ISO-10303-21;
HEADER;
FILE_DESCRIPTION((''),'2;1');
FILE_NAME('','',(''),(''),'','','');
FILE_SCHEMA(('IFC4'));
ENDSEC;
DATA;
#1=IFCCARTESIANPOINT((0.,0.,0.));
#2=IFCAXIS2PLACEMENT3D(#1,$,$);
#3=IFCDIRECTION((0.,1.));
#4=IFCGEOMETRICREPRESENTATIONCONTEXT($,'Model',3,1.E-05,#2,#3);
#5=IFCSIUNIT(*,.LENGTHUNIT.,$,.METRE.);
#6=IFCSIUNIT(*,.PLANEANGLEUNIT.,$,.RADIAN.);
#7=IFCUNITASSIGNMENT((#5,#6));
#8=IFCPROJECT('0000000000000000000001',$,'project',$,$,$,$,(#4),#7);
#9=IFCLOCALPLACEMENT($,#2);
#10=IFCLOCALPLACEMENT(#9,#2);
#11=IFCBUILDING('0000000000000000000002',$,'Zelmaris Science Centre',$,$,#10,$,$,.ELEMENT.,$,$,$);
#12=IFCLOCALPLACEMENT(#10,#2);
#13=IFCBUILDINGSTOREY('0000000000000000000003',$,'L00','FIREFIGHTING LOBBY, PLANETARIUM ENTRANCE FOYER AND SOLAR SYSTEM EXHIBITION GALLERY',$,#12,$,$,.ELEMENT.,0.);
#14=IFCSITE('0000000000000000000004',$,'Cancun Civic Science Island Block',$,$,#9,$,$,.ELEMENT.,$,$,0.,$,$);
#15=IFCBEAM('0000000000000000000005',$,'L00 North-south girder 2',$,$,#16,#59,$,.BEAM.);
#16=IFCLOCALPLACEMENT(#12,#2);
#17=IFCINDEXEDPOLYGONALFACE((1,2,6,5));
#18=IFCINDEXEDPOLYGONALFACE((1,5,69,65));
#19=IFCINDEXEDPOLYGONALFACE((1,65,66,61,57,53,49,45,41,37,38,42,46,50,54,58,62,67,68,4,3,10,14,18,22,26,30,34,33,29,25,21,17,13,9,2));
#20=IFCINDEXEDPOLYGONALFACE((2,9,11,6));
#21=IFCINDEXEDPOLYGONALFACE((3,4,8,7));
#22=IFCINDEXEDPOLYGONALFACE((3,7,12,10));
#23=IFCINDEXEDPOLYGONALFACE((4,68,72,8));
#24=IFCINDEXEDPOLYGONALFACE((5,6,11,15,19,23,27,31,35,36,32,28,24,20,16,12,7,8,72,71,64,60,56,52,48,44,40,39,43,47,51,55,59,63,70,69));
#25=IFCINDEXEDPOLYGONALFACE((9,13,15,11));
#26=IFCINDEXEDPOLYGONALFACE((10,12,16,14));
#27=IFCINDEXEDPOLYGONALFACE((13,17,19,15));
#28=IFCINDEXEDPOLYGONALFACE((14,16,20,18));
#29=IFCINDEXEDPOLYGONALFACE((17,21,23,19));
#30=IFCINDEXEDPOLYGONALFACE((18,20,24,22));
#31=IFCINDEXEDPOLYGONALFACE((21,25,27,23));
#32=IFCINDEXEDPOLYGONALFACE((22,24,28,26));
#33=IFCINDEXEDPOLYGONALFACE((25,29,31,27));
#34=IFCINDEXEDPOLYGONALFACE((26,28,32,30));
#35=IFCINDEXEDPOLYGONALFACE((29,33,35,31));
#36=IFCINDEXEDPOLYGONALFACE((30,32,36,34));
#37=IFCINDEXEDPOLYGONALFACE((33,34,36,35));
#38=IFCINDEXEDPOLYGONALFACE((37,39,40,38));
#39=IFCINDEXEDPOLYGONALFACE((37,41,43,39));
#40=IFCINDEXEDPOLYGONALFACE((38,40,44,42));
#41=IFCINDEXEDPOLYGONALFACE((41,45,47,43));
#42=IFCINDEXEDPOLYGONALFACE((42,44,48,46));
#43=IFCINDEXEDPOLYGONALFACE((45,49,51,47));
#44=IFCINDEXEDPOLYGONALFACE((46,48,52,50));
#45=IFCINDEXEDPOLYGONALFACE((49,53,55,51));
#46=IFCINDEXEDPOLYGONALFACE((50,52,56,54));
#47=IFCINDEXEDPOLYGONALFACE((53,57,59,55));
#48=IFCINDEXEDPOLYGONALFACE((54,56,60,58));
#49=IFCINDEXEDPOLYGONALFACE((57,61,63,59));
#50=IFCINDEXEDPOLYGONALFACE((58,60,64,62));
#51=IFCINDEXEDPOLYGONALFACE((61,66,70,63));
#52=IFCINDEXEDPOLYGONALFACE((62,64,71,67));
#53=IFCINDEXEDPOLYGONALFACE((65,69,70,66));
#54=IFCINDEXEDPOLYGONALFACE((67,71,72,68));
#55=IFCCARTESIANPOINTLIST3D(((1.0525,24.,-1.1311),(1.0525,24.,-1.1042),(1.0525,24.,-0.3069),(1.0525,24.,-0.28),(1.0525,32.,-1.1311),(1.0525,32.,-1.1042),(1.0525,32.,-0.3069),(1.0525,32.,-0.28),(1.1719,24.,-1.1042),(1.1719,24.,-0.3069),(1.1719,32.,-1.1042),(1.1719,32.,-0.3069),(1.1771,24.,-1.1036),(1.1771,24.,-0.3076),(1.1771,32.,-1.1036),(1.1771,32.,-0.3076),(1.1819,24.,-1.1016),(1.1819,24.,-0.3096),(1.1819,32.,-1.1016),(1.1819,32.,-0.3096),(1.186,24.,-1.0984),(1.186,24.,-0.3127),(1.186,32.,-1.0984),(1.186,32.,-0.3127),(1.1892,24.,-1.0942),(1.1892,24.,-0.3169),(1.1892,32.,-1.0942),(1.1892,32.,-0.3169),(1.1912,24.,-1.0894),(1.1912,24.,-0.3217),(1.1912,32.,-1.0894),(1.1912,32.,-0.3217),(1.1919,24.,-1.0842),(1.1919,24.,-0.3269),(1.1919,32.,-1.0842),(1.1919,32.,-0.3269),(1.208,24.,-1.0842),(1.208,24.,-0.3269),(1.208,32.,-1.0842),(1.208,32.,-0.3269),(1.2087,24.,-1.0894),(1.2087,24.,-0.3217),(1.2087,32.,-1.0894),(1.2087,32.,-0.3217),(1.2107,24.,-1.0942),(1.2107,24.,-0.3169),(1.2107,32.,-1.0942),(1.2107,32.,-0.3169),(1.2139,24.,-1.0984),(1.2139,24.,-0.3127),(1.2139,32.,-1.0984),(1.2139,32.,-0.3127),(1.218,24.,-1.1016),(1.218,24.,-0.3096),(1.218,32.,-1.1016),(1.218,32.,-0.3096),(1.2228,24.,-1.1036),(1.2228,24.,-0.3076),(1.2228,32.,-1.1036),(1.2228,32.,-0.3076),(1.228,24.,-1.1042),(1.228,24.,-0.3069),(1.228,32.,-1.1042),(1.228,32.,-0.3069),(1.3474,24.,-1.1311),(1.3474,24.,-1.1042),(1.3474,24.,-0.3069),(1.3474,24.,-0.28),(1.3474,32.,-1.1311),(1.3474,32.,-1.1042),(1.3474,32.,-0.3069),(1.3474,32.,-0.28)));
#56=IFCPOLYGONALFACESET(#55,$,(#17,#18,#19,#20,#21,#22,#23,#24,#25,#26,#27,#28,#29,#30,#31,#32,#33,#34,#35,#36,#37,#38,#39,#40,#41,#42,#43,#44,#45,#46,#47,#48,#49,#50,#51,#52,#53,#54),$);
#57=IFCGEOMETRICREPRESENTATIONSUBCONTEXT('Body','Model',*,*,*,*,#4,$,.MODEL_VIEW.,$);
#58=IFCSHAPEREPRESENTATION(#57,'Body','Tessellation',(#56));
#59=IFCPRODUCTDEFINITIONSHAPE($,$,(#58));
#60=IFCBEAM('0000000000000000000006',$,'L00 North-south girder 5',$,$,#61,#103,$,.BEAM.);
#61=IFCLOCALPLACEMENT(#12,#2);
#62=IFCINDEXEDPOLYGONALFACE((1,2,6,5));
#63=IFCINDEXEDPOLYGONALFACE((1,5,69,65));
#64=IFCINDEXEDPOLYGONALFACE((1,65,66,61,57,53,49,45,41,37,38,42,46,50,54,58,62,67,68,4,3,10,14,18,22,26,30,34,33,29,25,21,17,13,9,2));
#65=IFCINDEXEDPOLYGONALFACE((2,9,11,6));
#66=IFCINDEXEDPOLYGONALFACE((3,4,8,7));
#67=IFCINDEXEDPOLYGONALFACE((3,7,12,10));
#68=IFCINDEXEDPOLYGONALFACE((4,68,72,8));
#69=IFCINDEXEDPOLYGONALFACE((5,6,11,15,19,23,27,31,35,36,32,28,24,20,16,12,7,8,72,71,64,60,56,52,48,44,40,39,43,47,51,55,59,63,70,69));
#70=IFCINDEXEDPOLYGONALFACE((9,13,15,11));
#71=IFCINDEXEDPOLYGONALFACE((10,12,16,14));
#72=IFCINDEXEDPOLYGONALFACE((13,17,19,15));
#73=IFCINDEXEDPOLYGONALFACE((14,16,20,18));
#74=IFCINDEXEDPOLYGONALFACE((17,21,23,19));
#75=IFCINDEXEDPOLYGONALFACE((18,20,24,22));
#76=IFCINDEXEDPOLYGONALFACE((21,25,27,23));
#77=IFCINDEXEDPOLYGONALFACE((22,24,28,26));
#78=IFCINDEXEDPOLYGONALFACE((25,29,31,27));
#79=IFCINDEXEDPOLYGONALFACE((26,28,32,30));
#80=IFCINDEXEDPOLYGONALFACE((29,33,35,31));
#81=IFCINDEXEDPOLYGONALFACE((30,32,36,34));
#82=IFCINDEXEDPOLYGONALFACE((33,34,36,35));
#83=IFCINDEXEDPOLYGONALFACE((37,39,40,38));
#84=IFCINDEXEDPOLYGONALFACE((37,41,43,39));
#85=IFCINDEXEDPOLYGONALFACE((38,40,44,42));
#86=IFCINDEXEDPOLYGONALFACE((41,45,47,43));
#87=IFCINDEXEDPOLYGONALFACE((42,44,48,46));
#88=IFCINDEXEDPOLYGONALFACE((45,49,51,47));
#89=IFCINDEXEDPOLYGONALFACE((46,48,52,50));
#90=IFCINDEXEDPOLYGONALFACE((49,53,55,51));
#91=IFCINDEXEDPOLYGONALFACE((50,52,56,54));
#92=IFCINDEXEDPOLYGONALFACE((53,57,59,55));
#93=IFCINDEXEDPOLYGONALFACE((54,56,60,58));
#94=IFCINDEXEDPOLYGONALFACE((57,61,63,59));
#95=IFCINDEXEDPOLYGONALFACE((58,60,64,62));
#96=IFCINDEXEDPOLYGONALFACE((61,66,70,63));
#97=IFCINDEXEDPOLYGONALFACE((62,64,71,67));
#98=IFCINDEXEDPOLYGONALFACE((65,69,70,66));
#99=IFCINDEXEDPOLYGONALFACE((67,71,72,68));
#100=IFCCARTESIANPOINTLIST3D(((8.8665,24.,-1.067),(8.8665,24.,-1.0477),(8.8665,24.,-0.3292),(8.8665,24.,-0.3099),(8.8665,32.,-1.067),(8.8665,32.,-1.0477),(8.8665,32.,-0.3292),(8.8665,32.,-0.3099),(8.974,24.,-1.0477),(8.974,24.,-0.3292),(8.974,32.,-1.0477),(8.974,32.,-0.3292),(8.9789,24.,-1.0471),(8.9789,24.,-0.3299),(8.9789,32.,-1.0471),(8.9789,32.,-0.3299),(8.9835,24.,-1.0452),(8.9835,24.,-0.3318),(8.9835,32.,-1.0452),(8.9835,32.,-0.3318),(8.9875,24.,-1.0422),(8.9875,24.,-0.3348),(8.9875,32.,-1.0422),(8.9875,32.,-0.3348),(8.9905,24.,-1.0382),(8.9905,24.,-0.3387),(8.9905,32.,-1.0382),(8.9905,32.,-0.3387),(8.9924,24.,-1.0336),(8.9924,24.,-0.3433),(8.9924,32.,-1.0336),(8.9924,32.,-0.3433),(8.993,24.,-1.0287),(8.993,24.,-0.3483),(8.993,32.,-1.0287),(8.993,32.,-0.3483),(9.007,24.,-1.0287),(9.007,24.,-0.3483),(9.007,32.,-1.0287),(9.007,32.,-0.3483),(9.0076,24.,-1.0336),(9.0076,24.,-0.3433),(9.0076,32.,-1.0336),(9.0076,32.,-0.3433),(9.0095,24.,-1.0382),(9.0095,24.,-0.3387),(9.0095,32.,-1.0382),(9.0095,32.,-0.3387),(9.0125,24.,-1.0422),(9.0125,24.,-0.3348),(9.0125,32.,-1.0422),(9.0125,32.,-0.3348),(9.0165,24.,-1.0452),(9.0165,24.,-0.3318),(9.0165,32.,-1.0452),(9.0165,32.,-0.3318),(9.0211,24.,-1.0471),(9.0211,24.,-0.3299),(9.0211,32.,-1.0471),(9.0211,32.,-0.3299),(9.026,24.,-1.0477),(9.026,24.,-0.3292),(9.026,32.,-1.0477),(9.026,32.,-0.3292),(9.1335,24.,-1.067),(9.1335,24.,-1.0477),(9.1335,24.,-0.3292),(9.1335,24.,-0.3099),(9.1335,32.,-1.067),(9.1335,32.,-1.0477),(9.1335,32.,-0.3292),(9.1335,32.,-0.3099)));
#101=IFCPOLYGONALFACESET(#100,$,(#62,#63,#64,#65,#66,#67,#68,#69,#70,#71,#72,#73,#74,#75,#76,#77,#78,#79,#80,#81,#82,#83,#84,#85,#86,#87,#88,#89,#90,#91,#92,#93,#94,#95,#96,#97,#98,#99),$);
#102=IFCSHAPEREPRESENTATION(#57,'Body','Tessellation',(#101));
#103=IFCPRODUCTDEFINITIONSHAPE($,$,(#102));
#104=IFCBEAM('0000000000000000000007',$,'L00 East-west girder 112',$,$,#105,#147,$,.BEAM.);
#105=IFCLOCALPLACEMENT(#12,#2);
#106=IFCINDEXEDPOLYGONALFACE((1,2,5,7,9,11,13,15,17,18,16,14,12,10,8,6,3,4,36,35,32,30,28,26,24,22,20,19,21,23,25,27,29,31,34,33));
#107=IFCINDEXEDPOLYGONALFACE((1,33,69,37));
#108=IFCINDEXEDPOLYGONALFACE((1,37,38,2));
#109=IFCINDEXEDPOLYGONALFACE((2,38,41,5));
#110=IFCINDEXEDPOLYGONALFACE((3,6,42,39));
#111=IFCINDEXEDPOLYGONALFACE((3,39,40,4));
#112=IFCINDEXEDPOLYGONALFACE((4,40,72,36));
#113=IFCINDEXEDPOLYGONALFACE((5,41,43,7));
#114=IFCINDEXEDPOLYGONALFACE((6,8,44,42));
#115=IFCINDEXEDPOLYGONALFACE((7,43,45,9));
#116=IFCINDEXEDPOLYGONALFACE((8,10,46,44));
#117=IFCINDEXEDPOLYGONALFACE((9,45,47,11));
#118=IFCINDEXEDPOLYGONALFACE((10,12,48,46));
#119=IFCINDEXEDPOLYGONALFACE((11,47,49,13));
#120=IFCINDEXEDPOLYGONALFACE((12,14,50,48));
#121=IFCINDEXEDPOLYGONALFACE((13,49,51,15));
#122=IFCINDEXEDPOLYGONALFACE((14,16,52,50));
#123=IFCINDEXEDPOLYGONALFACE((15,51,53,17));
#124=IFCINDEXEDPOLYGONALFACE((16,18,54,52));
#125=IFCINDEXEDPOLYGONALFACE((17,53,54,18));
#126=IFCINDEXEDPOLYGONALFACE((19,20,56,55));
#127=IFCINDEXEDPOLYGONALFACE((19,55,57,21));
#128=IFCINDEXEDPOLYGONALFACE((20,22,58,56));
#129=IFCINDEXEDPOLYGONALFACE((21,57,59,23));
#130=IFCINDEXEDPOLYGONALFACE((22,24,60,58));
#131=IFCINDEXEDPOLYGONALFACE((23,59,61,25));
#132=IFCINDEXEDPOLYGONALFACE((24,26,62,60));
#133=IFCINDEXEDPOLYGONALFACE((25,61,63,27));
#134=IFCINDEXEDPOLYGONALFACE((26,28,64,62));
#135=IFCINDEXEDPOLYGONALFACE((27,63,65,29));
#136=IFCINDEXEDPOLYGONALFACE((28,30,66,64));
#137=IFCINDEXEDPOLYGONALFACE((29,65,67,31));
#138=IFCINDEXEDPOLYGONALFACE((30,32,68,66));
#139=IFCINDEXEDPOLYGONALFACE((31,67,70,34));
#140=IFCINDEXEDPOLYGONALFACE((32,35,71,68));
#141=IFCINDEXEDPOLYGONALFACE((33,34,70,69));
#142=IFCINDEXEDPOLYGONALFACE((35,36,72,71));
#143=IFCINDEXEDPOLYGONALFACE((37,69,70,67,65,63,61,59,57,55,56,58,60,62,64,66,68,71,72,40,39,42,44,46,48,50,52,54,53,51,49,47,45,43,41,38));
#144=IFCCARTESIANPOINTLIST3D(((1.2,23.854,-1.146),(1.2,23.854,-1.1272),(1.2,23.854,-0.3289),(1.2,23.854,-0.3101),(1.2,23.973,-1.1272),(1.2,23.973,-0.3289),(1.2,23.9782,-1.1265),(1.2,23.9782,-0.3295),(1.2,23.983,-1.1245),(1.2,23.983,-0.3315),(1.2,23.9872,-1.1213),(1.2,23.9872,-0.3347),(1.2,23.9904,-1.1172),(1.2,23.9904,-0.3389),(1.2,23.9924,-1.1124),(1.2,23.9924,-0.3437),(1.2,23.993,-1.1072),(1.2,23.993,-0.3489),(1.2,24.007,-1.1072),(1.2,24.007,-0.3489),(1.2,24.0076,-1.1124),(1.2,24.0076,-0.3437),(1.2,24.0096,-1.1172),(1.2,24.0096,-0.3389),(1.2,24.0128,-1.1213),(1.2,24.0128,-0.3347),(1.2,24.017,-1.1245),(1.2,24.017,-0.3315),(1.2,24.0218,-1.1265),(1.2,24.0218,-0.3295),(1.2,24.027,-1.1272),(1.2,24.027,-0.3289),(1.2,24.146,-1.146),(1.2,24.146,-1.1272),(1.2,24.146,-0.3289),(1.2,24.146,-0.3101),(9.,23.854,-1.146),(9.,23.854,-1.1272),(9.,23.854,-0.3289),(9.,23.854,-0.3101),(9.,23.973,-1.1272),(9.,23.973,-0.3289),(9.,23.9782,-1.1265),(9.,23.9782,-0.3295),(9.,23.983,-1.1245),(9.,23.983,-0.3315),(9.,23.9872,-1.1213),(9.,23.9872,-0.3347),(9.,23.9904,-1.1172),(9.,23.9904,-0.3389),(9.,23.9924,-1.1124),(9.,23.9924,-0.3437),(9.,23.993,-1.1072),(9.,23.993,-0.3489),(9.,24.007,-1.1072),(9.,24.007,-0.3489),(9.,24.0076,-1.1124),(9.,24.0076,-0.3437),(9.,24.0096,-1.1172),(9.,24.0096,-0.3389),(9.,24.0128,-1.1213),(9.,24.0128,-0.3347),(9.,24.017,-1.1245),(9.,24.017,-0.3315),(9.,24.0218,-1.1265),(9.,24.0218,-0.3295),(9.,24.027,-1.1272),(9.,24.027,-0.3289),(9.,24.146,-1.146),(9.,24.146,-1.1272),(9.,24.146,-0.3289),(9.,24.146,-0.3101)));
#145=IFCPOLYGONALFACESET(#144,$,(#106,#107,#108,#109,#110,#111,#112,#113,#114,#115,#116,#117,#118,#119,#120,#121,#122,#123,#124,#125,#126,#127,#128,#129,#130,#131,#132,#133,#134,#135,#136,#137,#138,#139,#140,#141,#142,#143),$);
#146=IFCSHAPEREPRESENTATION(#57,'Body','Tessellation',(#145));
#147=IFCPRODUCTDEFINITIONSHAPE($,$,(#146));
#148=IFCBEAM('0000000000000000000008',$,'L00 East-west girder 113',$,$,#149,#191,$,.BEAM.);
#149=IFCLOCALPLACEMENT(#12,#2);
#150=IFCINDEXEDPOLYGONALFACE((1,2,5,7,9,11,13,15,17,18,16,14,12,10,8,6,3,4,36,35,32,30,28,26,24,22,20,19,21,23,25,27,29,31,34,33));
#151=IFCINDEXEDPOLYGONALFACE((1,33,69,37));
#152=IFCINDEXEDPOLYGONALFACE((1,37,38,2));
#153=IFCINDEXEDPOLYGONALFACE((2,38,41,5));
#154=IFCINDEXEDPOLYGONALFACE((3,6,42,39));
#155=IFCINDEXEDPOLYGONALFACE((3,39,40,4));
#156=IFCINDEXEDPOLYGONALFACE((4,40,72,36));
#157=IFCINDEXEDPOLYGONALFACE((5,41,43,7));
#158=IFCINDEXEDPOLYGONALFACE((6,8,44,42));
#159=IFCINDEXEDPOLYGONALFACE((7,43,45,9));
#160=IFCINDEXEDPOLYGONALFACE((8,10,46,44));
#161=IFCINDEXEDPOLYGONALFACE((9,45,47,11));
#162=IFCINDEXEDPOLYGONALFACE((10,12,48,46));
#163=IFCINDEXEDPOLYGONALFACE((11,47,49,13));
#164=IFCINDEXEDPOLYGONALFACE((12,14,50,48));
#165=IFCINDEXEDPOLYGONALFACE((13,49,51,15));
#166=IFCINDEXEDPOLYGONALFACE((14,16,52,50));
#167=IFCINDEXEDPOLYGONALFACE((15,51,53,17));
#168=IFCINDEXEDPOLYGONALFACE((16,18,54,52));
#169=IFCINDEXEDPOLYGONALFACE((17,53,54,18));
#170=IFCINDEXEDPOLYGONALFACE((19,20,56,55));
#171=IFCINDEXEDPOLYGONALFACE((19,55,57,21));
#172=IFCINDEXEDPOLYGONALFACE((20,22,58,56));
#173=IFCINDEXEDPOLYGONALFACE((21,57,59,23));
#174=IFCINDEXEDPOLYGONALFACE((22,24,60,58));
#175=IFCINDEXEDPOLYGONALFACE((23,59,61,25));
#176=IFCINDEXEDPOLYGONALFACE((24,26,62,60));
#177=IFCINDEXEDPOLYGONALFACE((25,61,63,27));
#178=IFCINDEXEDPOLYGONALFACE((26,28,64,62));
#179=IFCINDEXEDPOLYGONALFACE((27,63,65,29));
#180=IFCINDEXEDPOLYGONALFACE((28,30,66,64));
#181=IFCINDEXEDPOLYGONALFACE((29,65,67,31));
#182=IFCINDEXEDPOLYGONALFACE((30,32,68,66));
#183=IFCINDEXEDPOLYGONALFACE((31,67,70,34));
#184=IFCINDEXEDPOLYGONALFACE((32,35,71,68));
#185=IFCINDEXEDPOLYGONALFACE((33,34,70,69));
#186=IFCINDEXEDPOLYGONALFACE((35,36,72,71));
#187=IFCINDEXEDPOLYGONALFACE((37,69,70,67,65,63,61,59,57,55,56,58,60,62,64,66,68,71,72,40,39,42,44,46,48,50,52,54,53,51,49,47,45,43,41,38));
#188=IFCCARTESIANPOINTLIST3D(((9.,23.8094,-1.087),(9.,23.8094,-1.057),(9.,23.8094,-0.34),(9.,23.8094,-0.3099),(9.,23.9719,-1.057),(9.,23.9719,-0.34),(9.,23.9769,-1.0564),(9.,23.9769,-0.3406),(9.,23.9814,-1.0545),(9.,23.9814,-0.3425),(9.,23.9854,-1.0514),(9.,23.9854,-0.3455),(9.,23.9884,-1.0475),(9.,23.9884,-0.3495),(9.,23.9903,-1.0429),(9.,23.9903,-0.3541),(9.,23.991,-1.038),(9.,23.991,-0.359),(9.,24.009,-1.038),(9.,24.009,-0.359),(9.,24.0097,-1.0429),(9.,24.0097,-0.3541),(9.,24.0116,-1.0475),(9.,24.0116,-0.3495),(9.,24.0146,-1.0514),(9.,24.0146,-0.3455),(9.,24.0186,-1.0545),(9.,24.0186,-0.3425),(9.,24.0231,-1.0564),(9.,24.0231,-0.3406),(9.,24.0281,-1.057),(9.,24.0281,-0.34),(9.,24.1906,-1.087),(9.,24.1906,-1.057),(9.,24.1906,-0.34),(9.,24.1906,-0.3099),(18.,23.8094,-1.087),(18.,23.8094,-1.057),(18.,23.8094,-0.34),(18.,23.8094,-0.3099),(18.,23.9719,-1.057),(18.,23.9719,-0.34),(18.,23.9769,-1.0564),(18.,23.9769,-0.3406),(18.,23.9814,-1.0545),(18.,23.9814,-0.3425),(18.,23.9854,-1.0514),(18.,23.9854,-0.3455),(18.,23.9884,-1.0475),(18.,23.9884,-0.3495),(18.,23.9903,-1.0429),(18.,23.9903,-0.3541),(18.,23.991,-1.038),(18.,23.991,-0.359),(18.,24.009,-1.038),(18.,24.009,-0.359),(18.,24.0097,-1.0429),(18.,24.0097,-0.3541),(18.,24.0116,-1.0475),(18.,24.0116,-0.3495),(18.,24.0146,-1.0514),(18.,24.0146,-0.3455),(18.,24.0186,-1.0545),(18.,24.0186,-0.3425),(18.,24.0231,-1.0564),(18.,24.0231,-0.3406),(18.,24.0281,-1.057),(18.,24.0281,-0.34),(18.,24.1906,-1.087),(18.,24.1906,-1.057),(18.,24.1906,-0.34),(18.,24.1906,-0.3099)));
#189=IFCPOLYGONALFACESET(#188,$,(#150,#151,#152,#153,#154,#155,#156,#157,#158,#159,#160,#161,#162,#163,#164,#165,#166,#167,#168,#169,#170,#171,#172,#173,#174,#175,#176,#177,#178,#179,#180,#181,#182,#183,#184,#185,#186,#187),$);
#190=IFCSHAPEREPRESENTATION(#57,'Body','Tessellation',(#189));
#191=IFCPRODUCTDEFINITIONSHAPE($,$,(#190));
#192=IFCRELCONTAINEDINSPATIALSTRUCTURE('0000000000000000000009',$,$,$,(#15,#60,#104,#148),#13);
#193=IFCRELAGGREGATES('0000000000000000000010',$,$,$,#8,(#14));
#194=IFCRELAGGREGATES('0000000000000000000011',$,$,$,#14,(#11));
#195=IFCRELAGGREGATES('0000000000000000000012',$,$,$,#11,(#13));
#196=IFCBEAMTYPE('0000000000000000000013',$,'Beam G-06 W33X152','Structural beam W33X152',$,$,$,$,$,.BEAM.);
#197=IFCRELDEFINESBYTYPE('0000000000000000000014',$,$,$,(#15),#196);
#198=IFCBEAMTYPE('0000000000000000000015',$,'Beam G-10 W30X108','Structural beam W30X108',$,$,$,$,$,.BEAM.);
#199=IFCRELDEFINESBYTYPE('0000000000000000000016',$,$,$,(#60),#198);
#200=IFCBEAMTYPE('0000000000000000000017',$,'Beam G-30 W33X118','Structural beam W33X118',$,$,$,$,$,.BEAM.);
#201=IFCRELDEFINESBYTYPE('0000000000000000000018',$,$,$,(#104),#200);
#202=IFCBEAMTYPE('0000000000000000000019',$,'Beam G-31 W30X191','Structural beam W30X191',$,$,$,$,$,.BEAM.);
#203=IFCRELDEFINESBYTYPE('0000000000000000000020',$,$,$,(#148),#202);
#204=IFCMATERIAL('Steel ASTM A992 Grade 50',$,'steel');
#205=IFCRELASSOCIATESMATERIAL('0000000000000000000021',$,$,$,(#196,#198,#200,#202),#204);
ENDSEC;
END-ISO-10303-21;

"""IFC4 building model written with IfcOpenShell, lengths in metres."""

from ifc_helpers import new_model, si_unit, direction, frame, origin, origin_2d, place, context, subcontext, project, spatial, i_section, extrude, material, material_profile, profile_set, type_object, element, save


model = new_model("IFC4")

# Units and contexts
model_context = context("Model", 3, precision=1e-05, world=origin(), true_north=direction((0.0, 1.0)))
body_context = subcontext(model_context, "Body", "Model", "MODEL_VIEW")
ifc_project = project(units=[si_unit("LENGTHUNIT", "METRE"), si_unit("PLANEANGLEUNIT", "RADIAN")], contexts=[model_context])

# Site, building, storey
site_placement = place(None, origin())
site = spatial("IfcSite", under=ifc_project, at=site_placement, Name="Cancun Civic Science Island Block", CompositionType="ELEMENT", RefElevation=0.0)
building_placement = place(site_placement, origin())
building = spatial("IfcBuilding", under=site, at=building_placement, Name="Zelmaris Science Centre", CompositionType="ELEMENT")
storey_placement = place(building_placement, origin())
storey = spatial("IfcBuildingStorey", under=building, at=storey_placement, Name="L00", Description="FIREFIGHTING LOBBY, PLANETARIUM ENTRANCE FOYER AND SOLAR SYSTEM EXHIBITION GALLERY", CompositionType="ELEMENT", Elevation=0.0)

# Shared definitions
ifc_material_1 = material(Name="Steel ASTM A992 Grade 50", Category="steel")

# Beams
ifc_material_profile_1 = material_profile(ifc_material_1, i_section(OverallWidth=0.2949, OverallDepth=0.8511, WebThickness=0.0161, FlangeThickness=0.0269, FilletRadius=0.02, at=origin_2d()), Name="W33X152")
ifc_profile_set_1 = profile_set([ifc_material_profile_1], Name="Steel ASTM A992 Grade 50")
beam_type_1 = type_object("IfcBeamType", Name="Beam G-06 W33X152", Description="Structural beam W33X152", PredefinedType="BEAM", material=ifc_profile_set_1)
beam_1_placement = place(storey_placement, frame((1.2, 24.0, -0.7056), z_axis=(0.0, 1.0, 0.0), x_axis=(-1.0, 0.0, 0.0)))
element("IfcBeam", 1, at=beam_1_placement, inside=storey, type_object=beam_type_1, Name="L00 North-south girder 2", PredefinedType="BEAM", context=body_context, shape_type="SweptSolid", body=[
    extrude(i_section(OverallWidth=0.2949, OverallDepth=0.8511, WebThickness=0.0161, FlangeThickness=0.0269, FilletRadius=0.02, at=origin_2d()), origin(), (0.0, 0.0, 1.0), 8.0),
])
ifc_material_profile_2 = material_profile(ifc_material_1, i_section(OverallWidth=0.2671, OverallDepth=0.7571, WebThickness=0.0139, FlangeThickness=0.0193, FilletRadius=0.019, at=origin_2d()), Name="W30X108")
ifc_profile_set_2 = profile_set([ifc_material_profile_2], Name="Steel ASTM A992 Grade 50")
beam_type_2 = type_object("IfcBeamType", Name="Beam G-10 W30X108", Description="Structural beam W30X108", PredefinedType="BEAM", material=ifc_profile_set_2)
beam_2_placement = place(storey_placement, frame((9.0, 24.0, -0.6885), z_axis=(0.0, 1.0, 0.0), x_axis=(-1.0, 0.0, 0.0)))
element("IfcBeam", 2, at=beam_2_placement, inside=storey, type_object=beam_type_2, Name="L00 North-south girder 5", PredefinedType="BEAM", context=body_context, shape_type="SweptSolid", body=[
    extrude(i_section(OverallWidth=0.2671, OverallDepth=0.7571, WebThickness=0.0139, FlangeThickness=0.0193, FilletRadius=0.019, at=origin_2d()), origin(), (0.0, 0.0, 1.0), 8.0),
])
ifc_material_profile_3 = material_profile(ifc_material_1, i_section(OverallWidth=0.292, OverallDepth=0.8359, WebThickness=0.0139, FlangeThickness=0.0188, FilletRadius=0.02, at=origin_2d()), Name="W33X118")
ifc_profile_set_3 = profile_set([ifc_material_profile_3], Name="Steel ASTM A992 Grade 50")
beam_type_3 = type_object("IfcBeamType", Name="Beam G-30 W33X118", Description="Structural beam W33X118", PredefinedType="BEAM", material=ifc_profile_set_3)
beam_3_placement = place(storey_placement, frame((1.2, 24.0, -0.728), z_axis=(1.0, 0.0, 0.0), x_axis=(0.0, 1.0, 0.0)))
element("IfcBeam", 3, at=beam_3_placement, inside=storey, type_object=beam_type_3, Name="L00 East-west girder 112", PredefinedType="BEAM", context=body_context, shape_type="SweptSolid", body=[
    extrude(i_section(OverallWidth=0.292, OverallDepth=0.8359, WebThickness=0.0139, FlangeThickness=0.0188, FilletRadius=0.02, at=origin_2d()), origin(), (0.0, 0.0, 1.0), 7.8),
])
ifc_material_profile_4 = material_profile(ifc_material_1, i_section(OverallWidth=0.3811, OverallDepth=0.7771, WebThickness=0.0181, FlangeThickness=0.03, FilletRadius=0.019, at=origin_2d()), Name="W30X191")
ifc_profile_set_4 = profile_set([ifc_material_profile_4], Name="Steel ASTM A992 Grade 50")
beam_type_4 = type_object("IfcBeamType", Name="Beam G-31 W30X191", Description="Structural beam W30X191", PredefinedType="BEAM", material=ifc_profile_set_4)
beam_4_placement = place(storey_placement, frame((9.0, 24.0, -0.6985), z_axis=(1.0, 0.0, 0.0), x_axis=(0.0, 1.0, 0.0)))
element("IfcBeam", 4, at=beam_4_placement, inside=storey, type_object=beam_type_4, Name="L00 East-west girder 113", PredefinedType="BEAM", context=body_context, shape_type="SweptSolid", body=[
    extrude(i_section(OverallWidth=0.3811, OverallDepth=0.7771, WebThickness=0.0181, FlangeThickness=0.03, FilletRadius=0.019, at=origin_2d()), origin(), (0.0, 0.0, 1.0), 9.0),
])

save(model, "model.ifc")
